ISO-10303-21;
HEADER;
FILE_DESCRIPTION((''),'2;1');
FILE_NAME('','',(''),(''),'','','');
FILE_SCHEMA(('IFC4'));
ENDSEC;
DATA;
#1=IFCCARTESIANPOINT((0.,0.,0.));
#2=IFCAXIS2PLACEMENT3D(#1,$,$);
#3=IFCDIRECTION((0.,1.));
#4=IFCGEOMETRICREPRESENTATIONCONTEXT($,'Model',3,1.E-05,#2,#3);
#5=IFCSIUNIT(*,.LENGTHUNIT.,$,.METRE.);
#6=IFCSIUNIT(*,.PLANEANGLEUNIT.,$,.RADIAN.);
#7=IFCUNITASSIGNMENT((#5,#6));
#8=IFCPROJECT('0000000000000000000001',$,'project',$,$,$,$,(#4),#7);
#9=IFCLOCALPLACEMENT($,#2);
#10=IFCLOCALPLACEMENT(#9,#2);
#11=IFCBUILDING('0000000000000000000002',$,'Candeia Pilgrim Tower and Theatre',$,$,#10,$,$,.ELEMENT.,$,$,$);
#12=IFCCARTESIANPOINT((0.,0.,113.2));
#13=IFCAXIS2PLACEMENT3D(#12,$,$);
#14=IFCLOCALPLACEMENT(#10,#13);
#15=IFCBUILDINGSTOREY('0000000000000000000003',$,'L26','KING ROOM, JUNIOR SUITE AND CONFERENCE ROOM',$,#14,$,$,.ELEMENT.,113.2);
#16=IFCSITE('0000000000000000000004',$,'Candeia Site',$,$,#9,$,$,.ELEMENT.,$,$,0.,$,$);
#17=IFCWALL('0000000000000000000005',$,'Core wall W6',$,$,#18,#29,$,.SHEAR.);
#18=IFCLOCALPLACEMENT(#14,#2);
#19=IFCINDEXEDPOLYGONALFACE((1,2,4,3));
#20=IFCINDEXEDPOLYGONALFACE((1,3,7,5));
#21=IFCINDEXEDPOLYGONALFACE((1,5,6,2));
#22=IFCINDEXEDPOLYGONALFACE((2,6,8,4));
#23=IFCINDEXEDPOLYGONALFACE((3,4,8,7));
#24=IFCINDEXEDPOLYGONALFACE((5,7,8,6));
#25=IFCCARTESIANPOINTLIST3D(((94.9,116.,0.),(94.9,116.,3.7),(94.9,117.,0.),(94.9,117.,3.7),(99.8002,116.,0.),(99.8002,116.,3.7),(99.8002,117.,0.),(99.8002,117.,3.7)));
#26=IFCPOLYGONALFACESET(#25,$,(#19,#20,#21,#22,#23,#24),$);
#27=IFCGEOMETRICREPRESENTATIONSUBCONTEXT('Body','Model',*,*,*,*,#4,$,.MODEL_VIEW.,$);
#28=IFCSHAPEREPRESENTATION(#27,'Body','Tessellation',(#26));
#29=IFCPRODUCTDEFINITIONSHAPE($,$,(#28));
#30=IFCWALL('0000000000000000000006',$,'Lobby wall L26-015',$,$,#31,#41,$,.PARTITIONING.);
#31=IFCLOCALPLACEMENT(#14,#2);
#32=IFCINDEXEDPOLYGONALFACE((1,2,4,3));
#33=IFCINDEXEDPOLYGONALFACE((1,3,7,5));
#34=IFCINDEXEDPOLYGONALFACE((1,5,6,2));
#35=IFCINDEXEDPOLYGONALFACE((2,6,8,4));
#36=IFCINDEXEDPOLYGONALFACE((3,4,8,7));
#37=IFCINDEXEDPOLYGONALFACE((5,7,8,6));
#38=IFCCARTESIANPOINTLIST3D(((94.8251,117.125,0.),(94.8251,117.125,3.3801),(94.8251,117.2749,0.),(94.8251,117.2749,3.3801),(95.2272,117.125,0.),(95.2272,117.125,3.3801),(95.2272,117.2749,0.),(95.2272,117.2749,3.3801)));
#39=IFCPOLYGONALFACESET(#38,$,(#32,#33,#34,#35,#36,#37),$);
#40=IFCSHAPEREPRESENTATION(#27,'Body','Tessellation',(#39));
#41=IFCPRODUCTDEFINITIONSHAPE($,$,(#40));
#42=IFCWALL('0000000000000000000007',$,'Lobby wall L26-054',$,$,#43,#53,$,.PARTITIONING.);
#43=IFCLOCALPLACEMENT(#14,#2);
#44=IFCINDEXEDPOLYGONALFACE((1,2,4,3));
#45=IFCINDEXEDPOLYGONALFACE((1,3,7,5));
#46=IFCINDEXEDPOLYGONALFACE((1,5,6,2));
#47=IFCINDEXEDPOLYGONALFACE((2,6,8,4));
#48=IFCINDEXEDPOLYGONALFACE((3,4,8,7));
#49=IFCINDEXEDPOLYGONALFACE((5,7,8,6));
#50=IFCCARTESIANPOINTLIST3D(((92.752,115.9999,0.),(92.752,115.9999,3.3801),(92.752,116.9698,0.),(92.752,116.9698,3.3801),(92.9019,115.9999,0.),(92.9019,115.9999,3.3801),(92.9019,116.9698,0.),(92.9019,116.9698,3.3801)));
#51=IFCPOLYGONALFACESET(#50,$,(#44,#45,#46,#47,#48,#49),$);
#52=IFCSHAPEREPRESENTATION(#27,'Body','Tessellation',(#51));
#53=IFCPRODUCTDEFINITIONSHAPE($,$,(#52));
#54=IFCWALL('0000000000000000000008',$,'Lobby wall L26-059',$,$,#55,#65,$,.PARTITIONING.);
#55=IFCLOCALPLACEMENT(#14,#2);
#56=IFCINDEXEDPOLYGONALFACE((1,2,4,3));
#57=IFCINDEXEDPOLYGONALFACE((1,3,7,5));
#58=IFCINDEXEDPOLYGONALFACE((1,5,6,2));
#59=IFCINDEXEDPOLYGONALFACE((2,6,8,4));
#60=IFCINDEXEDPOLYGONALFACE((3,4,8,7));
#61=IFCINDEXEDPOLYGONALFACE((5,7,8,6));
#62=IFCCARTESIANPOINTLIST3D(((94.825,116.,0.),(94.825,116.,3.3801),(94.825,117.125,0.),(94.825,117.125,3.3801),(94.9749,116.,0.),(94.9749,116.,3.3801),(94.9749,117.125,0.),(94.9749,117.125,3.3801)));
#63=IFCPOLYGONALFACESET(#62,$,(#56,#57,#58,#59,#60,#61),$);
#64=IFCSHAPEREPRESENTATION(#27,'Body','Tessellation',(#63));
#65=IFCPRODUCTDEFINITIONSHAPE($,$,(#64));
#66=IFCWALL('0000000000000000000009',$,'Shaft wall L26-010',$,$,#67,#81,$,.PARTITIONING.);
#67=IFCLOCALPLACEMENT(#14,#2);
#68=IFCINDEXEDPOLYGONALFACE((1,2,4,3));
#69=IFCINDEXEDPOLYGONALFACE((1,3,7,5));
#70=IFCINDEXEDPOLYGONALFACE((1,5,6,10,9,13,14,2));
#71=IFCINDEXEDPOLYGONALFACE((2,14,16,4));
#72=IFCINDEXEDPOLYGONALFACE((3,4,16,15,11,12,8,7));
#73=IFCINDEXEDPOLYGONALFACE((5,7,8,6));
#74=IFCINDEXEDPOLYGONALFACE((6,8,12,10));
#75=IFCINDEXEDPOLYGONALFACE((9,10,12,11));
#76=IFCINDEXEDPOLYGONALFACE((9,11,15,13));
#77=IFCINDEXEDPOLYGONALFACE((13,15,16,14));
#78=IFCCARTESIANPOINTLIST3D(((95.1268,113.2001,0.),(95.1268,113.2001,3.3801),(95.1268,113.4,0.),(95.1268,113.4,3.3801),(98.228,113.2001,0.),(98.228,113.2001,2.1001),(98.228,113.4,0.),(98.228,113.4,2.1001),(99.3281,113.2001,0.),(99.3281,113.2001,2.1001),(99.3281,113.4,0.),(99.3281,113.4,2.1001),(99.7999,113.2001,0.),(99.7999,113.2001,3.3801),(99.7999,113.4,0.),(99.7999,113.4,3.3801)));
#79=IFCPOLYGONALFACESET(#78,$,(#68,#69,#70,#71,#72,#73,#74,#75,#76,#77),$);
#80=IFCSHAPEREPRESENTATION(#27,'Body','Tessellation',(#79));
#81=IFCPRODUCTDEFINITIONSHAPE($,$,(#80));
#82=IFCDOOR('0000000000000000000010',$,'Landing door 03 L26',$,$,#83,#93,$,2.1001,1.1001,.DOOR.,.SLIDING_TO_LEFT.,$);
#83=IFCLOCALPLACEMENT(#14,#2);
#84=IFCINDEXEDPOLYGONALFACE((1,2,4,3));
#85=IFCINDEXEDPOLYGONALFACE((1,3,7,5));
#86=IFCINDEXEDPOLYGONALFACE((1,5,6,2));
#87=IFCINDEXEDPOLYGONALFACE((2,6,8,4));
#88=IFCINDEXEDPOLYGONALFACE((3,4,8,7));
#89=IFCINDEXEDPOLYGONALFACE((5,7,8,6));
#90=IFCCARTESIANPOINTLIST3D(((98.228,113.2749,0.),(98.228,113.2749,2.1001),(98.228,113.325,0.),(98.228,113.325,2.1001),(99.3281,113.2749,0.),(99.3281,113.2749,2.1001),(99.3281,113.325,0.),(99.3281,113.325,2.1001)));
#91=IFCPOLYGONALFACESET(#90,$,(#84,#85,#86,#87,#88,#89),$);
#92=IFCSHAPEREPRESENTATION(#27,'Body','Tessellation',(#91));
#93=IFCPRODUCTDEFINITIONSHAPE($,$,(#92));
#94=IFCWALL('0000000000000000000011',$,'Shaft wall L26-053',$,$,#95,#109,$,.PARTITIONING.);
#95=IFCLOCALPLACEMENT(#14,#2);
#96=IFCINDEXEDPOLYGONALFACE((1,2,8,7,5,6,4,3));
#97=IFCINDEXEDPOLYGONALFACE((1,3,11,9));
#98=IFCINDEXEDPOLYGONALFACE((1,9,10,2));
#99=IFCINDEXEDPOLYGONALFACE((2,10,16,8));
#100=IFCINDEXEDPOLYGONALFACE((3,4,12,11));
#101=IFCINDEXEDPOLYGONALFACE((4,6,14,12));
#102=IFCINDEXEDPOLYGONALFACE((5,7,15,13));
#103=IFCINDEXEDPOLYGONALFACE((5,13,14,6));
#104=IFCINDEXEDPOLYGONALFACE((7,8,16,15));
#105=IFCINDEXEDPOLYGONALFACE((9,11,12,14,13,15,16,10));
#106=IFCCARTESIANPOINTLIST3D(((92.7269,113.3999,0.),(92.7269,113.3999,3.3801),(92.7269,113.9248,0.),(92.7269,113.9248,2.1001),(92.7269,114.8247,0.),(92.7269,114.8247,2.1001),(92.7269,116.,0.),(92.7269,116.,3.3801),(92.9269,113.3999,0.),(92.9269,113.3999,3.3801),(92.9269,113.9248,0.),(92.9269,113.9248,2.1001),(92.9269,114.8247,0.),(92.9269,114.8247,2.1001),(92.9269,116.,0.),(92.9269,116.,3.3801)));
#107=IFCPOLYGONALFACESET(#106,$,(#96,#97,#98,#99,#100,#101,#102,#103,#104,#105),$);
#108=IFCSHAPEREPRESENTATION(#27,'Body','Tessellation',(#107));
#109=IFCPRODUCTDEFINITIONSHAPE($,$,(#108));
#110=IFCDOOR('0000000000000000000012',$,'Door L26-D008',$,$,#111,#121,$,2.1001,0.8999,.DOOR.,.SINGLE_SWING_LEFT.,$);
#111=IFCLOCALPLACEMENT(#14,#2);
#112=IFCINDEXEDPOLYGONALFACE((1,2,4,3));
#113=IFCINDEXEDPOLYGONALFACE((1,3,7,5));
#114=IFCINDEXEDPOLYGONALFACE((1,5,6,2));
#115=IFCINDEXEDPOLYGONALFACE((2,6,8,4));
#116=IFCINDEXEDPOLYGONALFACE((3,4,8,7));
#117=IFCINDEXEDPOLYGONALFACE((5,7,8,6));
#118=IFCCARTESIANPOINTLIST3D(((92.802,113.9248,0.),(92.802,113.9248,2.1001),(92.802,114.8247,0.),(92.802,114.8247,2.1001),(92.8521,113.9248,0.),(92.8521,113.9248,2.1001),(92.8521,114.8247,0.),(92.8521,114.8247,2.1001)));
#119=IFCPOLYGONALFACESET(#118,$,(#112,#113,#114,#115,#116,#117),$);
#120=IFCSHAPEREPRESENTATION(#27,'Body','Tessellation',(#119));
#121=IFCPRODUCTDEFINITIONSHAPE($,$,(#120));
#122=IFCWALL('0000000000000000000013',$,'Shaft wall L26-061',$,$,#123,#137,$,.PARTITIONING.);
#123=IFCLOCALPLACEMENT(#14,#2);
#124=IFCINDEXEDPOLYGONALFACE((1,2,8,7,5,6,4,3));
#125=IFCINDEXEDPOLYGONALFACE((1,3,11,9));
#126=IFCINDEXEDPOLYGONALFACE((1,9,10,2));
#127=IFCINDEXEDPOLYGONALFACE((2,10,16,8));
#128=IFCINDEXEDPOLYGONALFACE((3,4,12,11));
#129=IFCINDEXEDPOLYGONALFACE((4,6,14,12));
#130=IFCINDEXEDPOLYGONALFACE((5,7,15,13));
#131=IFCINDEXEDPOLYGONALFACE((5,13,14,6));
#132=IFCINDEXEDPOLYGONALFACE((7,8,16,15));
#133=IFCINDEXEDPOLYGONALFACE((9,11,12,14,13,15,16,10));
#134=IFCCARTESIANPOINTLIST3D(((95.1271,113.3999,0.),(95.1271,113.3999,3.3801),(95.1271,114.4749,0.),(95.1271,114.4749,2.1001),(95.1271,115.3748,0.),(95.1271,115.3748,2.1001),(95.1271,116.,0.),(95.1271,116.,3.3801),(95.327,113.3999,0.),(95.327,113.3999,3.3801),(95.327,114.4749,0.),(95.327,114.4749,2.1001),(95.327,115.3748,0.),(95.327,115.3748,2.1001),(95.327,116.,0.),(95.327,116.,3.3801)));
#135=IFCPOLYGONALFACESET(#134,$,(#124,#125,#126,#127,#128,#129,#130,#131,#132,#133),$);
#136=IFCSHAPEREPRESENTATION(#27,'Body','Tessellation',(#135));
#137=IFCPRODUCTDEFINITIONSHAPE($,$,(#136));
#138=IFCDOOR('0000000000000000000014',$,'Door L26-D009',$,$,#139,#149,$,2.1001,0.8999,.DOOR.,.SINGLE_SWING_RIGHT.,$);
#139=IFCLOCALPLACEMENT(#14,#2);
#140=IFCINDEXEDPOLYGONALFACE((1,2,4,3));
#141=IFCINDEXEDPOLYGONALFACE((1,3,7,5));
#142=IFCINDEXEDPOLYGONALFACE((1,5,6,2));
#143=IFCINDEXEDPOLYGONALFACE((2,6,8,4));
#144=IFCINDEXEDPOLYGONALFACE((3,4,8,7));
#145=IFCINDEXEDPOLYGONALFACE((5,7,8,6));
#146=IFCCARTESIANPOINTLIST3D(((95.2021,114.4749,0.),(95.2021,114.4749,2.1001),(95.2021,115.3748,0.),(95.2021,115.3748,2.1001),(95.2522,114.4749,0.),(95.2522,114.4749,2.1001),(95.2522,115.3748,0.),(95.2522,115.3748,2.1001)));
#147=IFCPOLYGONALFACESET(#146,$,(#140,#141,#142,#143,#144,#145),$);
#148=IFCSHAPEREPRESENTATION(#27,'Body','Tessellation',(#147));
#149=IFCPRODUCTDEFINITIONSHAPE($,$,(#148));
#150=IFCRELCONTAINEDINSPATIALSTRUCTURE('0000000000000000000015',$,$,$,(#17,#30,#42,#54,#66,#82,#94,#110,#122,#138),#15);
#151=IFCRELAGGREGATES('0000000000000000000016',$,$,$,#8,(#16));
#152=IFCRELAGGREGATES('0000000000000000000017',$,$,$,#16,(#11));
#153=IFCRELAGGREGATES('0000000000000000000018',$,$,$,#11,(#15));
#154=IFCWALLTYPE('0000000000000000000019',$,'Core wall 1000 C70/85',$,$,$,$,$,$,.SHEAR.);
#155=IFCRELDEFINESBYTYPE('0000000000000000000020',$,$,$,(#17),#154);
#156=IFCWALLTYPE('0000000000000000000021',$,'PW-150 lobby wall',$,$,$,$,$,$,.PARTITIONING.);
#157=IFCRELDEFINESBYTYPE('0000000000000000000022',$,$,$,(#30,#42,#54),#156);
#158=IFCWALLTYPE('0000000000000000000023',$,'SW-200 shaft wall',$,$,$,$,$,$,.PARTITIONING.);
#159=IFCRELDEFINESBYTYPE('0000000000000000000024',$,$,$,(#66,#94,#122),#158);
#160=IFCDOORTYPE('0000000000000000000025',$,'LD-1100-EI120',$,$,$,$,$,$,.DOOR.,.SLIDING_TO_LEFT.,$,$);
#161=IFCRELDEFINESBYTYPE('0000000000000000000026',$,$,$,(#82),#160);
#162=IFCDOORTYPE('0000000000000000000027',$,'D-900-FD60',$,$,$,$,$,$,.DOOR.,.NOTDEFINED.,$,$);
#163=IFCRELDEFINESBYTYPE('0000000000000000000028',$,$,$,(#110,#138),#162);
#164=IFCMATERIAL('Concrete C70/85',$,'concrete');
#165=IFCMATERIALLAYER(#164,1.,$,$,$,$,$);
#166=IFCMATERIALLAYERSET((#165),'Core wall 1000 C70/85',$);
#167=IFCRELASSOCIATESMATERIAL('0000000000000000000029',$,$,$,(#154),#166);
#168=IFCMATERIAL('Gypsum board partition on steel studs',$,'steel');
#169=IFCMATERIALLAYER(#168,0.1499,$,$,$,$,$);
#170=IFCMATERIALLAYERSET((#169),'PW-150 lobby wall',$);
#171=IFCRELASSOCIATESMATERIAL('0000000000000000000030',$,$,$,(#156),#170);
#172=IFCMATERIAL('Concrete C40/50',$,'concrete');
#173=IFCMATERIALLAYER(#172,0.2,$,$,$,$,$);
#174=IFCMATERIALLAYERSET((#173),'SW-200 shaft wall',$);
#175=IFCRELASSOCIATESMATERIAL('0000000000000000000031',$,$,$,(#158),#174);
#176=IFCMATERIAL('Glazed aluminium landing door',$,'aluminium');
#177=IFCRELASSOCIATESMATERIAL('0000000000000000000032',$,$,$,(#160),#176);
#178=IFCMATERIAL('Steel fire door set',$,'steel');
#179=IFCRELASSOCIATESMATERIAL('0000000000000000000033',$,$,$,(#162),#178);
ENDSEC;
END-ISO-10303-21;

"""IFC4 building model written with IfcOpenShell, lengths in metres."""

from ifc_helpers import new_model, si_unit, direction, frame, frame_2d, origin, place, context, subcontext, project, spatial, rectangle, extrude, material, layer, layer_set, type_object, element, fill, save


model = new_model("IFC4")

# Units and contexts
model_context = context("Model", 3, precision=1e-05, world=origin(), true_north=direction((0.0, 1.0)))
body_context = subcontext(model_context, "Body", "Model", "MODEL_VIEW")
ifc_project = project(units=[si_unit("LENGTHUNIT", "METRE"), si_unit("PLANEANGLEUNIT", "RADIAN")], contexts=[model_context])

# Site, building, storey
site_placement = place(None, origin())
site = spatial("IfcSite", under=ifc_project, at=site_placement, Name="Candeia Site", CompositionType="ELEMENT", RefElevation=0.0)
building_placement = place(site_placement, origin())
building = spatial("IfcBuilding", under=site, at=building_placement, Name="Candeia Pilgrim Tower and Theatre", CompositionType="ELEMENT")
storey_placement = place(building_placement, frame((0.0, 0.0, 113.2)))
storey = spatial("IfcBuildingStorey", under=building, at=storey_placement, Name="L26", Description="KING ROOM, JUNIOR SUITE AND CONFERENCE ROOM", CompositionType="ELEMENT", Elevation=113.2)

# Walls
ifc_material_1 = material(Name="Concrete C70/85", Category="concrete")
ifc_layer_1 = layer(ifc_material_1, 1.0)
ifc_layer_set_1 = layer_set([ifc_layer_1], Name="Core wall 1000 C70/85")
wall_type_1 = type_object("IfcWallType", Name="Core wall 1000 C70/85", PredefinedType="SHEAR", material=ifc_layer_set_1)
wall_1_placement = place(storey_placement, frame((94.8999, 116.5, 0.0), z_axis=(0.0, 0.0, 1.0), x_axis=(1.0, 0.0, 0.0)))
element("IfcWall", 1, at=wall_1_placement, inside=storey, type_object=wall_type_1, Name="Core wall W6", PredefinedType="SHEAR", context=body_context, shape_type="SweptSolid", body=[
    extrude(rectangle(XDim=4.9001, YDim=1.0, at=frame_2d((2.4502, 0.0))), origin(), (0.0, 0.0, 1.0), 3.7),
])
ifc_material_2 = material(Name="Gypsum board partition on steel studs", Category="steel")
ifc_layer_2 = layer(ifc_material_2, 0.1499)
ifc_layer_set_2 = layer_set([ifc_layer_2], Name="PW-150 lobby wall")
wall_type_2 = type_object("IfcWallType", Name="PW-150 lobby wall", PredefinedType="PARTITIONING", material=ifc_layer_set_2)
wall_2_placement = place(storey_placement, frame((94.825, 117.2, 0.0), z_axis=(0.0, 0.0, 1.0), x_axis=(1.0, 0.0, 0.0)))
element("IfcWall", 2, at=wall_2_placement, inside=storey, type_object=wall_type_2, Name="Lobby wall L26-015", PredefinedType="PARTITIONING", context=body_context, shape_type="SweptSolid", body=[
    extrude(rectangle(XDim=0.4021, YDim=0.1499, at=frame_2d((0.2012, 0.0))), origin(), (0.0, 0.0, 1.0), 3.3801),
])
wall_3_placement = place(storey_placement, frame((92.8269, 116.0, 0.0), z_axis=(0.0, 0.0, 1.0), x_axis=(0.0, 1.0, 0.0)))
element("IfcWall", 3, at=wall_3_placement, inside=storey, type_object=wall_type_2, Name="Lobby wall L26-054", PredefinedType="PARTITIONING", context=body_context, shape_type="SweptSolid", body=[
    extrude(rectangle(XDim=0.97, YDim=0.1499, at=frame_2d((0.4849, 0.0))), origin(), (0.0, 0.0, 1.0), 3.3801),
])
wall_4_placement = place(storey_placement, frame((94.8999, 116.0, 0.0), z_axis=(0.0, 0.0, 1.0), x_axis=(0.0, 1.0, 0.0)))
element("IfcWall", 4, at=wall_4_placement, inside=storey, type_object=wall_type_2, Name="Lobby wall L26-059", PredefinedType="PARTITIONING", context=body_context, shape_type="SweptSolid", body=[
    extrude(rectangle(XDim=1.125, YDim=0.1499, at=frame_2d((0.5625, 0.0))), origin(), (0.0, 0.0, 1.0), 3.3801),
])

# Walls, openings, doors
ifc_material_3 = material(Name="Concrete C40/50", Category="concrete")
ifc_layer_3 = layer(ifc_material_3, 0.2)
ifc_layer_set_3 = layer_set([ifc_layer_3], Name="SW-200 shaft wall")
wall_type_3 = type_object("IfcWallType", Name="SW-200 shaft wall", PredefinedType="PARTITIONING", material=ifc_layer_set_3)
wall_5_placement = place(storey_placement, frame((95.127, 113.3, 0.0), z_axis=(0.0, 0.0, 1.0), x_axis=(1.0, 0.0, 0.0)))
wall_5 = element("IfcWall", 5, at=wall_5_placement, inside=storey, type_object=wall_type_3, Name="Shaft wall L26-010", PredefinedType="PARTITIONING", context=body_context, shape_type="SweptSolid", body=[
    extrude(rectangle(XDim=4.6731, YDim=0.2, at=frame_2d((2.3364, 0.0))), origin(), (0.0, 0.0, 1.0), 3.3801),
])
opening_1_placement = place(wall_5_placement, frame((3.1011, 0.0, 0.0)))
opening_1 = element("IfcOpeningElement", 6, at=opening_1_placement, cuts=wall_5, PredefinedType="OPENING", context=body_context, shape_type="SweptSolid", body=[
    extrude(rectangle(XDim=1.1001, YDim=2.1001, at=frame_2d((0.55, 1.05))), frame((0.0, 0.1099, 0.0), z_axis=(0.0, -1.0, 0.0), x_axis=(1.0, 0.0, 0.0)), (0.0, 0.0, 1.0), 0.22),
])
ifc_material_4 = material(Name="Glazed aluminium landing door", Category="aluminium")
door_type_1 = type_object("IfcDoorType", Name="LD-1100-EI120", OperationType="SLIDING_TO_LEFT", PredefinedType="DOOR", material=ifc_material_4)
door_1_placement = place(opening_1_placement, origin())
door_1 = element("IfcDoor", 7, at=door_1_placement, inside=storey, type_object=door_type_1, Name="Landing door 03 L26", OperationType="SLIDING_TO_LEFT", OverallHeight=2.1001, OverallWidth=1.1001, PredefinedType="DOOR", context=body_context, shape_type="SweptSolid", body=[
    extrude(rectangle(XDim=1.1001, YDim=2.1001, at=frame_2d((0.55, 1.05))), frame((0.0, 0.0249, 0.0), z_axis=(0.0, -1.0, 0.0), x_axis=(1.0, 0.0, 0.0)), (0.0, 0.0, 1.0), 0.05),
])
fill(opening_1, door_1)
wall_6_placement = place(storey_placement, frame((92.8269, 113.3999, 0.0), z_axis=(0.0, 0.0, 1.0), x_axis=(0.0, 1.0, 0.0)))
wall_6 = element("IfcWall", 8, at=wall_6_placement, inside=storey, type_object=wall_type_3, Name="Shaft wall L26-053", PredefinedType="PARTITIONING", context=body_context, shape_type="SweptSolid", body=[
    extrude(rectangle(XDim=2.6001, YDim=0.2, at=frame_2d((1.3, 0.0))), origin(), (0.0, 0.0, 1.0), 3.3801),
])
opening_2_placement = place(wall_6_placement, frame((0.5249, 0.0, 0.0)))
opening_2 = element("IfcOpeningElement", 9, at=opening_2_placement, cuts=wall_6, PredefinedType="OPENING", context=body_context, shape_type="SweptSolid", body=[
    extrude(rectangle(XDim=0.8999, YDim=2.1001, at=frame_2d((0.45, 1.05))), frame((0.0, 0.1099, 0.0), z_axis=(0.0, -1.0, 0.0), x_axis=(1.0, 0.0, 0.0)), (0.0, 0.0, 1.0), 0.22),
])
ifc_material_5 = material(Name="Steel fire door set", Category="steel")
door_type_2 = type_object("IfcDoorType", Name="D-900-FD60", OperationType="NOTDEFINED", PredefinedType="DOOR", material=ifc_material_5)
door_2_placement = place(opening_2_placement, origin())
door_2 = element("IfcDoor", 10, at=door_2_placement, inside=storey, type_object=door_type_2, Name="Door L26-D008", OperationType="SINGLE_SWING_LEFT", OverallHeight=2.1001, OverallWidth=0.8999, PredefinedType="DOOR", context=body_context, shape_type="SweptSolid", body=[
    extrude(rectangle(XDim=0.8999, YDim=2.1001, at=frame_2d((0.45, 1.05))), frame((0.0, 0.0249, 0.0), z_axis=(0.0, -1.0, 0.0), x_axis=(1.0, 0.0, 0.0)), (0.0, 0.0, 1.0), 0.05),
])
fill(opening_2, door_2)
wall_7_placement = place(storey_placement, frame((95.2271, 113.3999, 0.0), z_axis=(0.0, 0.0, 1.0), x_axis=(0.0, 1.0, 0.0)))
wall_7 = element("IfcWall", 11, at=wall_7_placement, inside=storey, type_object=wall_type_3, Name="Shaft wall L26-061", PredefinedType="PARTITIONING", context=body_context, shape_type="SweptSolid", body=[
    extrude(rectangle(XDim=2.6001, YDim=0.2, at=frame_2d((1.3, 0.0))), origin(), (0.0, 0.0, 1.0), 3.3801),
])
opening_3_placement = place(wall_7_placement, frame((1.075, 0.0, 0.0)))
opening_3 = element("IfcOpeningElement", 12, at=opening_3_placement, cuts=wall_7, PredefinedType="OPENING", context=body_context, shape_type="SweptSolid", body=[
    extrude(rectangle(XDim=0.8999, YDim=2.1001, at=frame_2d((0.45, 1.05))), frame((0.0, 0.1099, 0.0), z_axis=(0.0, -1.0, 0.0), x_axis=(1.0, 0.0, 0.0)), (0.0, 0.0, 1.0), 0.22),
])
door_3_placement = place(opening_3_placement, origin())
door_3 = element("IfcDoor", 13, at=door_3_placement, inside=storey, type_object=door_type_2, Name="Door L26-D009", OperationType="SINGLE_SWING_RIGHT", OverallHeight=2.1001, OverallWidth=0.8999, PredefinedType="DOOR", context=body_context, shape_type="SweptSolid", body=[
    extrude(rectangle(XDim=0.8999, YDim=2.1001, at=frame_2d((0.45, 1.05))), frame((0.0, 0.0249, 0.0), z_axis=(0.0, -1.0, 0.0), x_axis=(1.0, 0.0, 0.0)), (0.0, 0.0, 1.0), 0.05),
])
fill(opening_3, door_3)

save(model, "model.ifc")
